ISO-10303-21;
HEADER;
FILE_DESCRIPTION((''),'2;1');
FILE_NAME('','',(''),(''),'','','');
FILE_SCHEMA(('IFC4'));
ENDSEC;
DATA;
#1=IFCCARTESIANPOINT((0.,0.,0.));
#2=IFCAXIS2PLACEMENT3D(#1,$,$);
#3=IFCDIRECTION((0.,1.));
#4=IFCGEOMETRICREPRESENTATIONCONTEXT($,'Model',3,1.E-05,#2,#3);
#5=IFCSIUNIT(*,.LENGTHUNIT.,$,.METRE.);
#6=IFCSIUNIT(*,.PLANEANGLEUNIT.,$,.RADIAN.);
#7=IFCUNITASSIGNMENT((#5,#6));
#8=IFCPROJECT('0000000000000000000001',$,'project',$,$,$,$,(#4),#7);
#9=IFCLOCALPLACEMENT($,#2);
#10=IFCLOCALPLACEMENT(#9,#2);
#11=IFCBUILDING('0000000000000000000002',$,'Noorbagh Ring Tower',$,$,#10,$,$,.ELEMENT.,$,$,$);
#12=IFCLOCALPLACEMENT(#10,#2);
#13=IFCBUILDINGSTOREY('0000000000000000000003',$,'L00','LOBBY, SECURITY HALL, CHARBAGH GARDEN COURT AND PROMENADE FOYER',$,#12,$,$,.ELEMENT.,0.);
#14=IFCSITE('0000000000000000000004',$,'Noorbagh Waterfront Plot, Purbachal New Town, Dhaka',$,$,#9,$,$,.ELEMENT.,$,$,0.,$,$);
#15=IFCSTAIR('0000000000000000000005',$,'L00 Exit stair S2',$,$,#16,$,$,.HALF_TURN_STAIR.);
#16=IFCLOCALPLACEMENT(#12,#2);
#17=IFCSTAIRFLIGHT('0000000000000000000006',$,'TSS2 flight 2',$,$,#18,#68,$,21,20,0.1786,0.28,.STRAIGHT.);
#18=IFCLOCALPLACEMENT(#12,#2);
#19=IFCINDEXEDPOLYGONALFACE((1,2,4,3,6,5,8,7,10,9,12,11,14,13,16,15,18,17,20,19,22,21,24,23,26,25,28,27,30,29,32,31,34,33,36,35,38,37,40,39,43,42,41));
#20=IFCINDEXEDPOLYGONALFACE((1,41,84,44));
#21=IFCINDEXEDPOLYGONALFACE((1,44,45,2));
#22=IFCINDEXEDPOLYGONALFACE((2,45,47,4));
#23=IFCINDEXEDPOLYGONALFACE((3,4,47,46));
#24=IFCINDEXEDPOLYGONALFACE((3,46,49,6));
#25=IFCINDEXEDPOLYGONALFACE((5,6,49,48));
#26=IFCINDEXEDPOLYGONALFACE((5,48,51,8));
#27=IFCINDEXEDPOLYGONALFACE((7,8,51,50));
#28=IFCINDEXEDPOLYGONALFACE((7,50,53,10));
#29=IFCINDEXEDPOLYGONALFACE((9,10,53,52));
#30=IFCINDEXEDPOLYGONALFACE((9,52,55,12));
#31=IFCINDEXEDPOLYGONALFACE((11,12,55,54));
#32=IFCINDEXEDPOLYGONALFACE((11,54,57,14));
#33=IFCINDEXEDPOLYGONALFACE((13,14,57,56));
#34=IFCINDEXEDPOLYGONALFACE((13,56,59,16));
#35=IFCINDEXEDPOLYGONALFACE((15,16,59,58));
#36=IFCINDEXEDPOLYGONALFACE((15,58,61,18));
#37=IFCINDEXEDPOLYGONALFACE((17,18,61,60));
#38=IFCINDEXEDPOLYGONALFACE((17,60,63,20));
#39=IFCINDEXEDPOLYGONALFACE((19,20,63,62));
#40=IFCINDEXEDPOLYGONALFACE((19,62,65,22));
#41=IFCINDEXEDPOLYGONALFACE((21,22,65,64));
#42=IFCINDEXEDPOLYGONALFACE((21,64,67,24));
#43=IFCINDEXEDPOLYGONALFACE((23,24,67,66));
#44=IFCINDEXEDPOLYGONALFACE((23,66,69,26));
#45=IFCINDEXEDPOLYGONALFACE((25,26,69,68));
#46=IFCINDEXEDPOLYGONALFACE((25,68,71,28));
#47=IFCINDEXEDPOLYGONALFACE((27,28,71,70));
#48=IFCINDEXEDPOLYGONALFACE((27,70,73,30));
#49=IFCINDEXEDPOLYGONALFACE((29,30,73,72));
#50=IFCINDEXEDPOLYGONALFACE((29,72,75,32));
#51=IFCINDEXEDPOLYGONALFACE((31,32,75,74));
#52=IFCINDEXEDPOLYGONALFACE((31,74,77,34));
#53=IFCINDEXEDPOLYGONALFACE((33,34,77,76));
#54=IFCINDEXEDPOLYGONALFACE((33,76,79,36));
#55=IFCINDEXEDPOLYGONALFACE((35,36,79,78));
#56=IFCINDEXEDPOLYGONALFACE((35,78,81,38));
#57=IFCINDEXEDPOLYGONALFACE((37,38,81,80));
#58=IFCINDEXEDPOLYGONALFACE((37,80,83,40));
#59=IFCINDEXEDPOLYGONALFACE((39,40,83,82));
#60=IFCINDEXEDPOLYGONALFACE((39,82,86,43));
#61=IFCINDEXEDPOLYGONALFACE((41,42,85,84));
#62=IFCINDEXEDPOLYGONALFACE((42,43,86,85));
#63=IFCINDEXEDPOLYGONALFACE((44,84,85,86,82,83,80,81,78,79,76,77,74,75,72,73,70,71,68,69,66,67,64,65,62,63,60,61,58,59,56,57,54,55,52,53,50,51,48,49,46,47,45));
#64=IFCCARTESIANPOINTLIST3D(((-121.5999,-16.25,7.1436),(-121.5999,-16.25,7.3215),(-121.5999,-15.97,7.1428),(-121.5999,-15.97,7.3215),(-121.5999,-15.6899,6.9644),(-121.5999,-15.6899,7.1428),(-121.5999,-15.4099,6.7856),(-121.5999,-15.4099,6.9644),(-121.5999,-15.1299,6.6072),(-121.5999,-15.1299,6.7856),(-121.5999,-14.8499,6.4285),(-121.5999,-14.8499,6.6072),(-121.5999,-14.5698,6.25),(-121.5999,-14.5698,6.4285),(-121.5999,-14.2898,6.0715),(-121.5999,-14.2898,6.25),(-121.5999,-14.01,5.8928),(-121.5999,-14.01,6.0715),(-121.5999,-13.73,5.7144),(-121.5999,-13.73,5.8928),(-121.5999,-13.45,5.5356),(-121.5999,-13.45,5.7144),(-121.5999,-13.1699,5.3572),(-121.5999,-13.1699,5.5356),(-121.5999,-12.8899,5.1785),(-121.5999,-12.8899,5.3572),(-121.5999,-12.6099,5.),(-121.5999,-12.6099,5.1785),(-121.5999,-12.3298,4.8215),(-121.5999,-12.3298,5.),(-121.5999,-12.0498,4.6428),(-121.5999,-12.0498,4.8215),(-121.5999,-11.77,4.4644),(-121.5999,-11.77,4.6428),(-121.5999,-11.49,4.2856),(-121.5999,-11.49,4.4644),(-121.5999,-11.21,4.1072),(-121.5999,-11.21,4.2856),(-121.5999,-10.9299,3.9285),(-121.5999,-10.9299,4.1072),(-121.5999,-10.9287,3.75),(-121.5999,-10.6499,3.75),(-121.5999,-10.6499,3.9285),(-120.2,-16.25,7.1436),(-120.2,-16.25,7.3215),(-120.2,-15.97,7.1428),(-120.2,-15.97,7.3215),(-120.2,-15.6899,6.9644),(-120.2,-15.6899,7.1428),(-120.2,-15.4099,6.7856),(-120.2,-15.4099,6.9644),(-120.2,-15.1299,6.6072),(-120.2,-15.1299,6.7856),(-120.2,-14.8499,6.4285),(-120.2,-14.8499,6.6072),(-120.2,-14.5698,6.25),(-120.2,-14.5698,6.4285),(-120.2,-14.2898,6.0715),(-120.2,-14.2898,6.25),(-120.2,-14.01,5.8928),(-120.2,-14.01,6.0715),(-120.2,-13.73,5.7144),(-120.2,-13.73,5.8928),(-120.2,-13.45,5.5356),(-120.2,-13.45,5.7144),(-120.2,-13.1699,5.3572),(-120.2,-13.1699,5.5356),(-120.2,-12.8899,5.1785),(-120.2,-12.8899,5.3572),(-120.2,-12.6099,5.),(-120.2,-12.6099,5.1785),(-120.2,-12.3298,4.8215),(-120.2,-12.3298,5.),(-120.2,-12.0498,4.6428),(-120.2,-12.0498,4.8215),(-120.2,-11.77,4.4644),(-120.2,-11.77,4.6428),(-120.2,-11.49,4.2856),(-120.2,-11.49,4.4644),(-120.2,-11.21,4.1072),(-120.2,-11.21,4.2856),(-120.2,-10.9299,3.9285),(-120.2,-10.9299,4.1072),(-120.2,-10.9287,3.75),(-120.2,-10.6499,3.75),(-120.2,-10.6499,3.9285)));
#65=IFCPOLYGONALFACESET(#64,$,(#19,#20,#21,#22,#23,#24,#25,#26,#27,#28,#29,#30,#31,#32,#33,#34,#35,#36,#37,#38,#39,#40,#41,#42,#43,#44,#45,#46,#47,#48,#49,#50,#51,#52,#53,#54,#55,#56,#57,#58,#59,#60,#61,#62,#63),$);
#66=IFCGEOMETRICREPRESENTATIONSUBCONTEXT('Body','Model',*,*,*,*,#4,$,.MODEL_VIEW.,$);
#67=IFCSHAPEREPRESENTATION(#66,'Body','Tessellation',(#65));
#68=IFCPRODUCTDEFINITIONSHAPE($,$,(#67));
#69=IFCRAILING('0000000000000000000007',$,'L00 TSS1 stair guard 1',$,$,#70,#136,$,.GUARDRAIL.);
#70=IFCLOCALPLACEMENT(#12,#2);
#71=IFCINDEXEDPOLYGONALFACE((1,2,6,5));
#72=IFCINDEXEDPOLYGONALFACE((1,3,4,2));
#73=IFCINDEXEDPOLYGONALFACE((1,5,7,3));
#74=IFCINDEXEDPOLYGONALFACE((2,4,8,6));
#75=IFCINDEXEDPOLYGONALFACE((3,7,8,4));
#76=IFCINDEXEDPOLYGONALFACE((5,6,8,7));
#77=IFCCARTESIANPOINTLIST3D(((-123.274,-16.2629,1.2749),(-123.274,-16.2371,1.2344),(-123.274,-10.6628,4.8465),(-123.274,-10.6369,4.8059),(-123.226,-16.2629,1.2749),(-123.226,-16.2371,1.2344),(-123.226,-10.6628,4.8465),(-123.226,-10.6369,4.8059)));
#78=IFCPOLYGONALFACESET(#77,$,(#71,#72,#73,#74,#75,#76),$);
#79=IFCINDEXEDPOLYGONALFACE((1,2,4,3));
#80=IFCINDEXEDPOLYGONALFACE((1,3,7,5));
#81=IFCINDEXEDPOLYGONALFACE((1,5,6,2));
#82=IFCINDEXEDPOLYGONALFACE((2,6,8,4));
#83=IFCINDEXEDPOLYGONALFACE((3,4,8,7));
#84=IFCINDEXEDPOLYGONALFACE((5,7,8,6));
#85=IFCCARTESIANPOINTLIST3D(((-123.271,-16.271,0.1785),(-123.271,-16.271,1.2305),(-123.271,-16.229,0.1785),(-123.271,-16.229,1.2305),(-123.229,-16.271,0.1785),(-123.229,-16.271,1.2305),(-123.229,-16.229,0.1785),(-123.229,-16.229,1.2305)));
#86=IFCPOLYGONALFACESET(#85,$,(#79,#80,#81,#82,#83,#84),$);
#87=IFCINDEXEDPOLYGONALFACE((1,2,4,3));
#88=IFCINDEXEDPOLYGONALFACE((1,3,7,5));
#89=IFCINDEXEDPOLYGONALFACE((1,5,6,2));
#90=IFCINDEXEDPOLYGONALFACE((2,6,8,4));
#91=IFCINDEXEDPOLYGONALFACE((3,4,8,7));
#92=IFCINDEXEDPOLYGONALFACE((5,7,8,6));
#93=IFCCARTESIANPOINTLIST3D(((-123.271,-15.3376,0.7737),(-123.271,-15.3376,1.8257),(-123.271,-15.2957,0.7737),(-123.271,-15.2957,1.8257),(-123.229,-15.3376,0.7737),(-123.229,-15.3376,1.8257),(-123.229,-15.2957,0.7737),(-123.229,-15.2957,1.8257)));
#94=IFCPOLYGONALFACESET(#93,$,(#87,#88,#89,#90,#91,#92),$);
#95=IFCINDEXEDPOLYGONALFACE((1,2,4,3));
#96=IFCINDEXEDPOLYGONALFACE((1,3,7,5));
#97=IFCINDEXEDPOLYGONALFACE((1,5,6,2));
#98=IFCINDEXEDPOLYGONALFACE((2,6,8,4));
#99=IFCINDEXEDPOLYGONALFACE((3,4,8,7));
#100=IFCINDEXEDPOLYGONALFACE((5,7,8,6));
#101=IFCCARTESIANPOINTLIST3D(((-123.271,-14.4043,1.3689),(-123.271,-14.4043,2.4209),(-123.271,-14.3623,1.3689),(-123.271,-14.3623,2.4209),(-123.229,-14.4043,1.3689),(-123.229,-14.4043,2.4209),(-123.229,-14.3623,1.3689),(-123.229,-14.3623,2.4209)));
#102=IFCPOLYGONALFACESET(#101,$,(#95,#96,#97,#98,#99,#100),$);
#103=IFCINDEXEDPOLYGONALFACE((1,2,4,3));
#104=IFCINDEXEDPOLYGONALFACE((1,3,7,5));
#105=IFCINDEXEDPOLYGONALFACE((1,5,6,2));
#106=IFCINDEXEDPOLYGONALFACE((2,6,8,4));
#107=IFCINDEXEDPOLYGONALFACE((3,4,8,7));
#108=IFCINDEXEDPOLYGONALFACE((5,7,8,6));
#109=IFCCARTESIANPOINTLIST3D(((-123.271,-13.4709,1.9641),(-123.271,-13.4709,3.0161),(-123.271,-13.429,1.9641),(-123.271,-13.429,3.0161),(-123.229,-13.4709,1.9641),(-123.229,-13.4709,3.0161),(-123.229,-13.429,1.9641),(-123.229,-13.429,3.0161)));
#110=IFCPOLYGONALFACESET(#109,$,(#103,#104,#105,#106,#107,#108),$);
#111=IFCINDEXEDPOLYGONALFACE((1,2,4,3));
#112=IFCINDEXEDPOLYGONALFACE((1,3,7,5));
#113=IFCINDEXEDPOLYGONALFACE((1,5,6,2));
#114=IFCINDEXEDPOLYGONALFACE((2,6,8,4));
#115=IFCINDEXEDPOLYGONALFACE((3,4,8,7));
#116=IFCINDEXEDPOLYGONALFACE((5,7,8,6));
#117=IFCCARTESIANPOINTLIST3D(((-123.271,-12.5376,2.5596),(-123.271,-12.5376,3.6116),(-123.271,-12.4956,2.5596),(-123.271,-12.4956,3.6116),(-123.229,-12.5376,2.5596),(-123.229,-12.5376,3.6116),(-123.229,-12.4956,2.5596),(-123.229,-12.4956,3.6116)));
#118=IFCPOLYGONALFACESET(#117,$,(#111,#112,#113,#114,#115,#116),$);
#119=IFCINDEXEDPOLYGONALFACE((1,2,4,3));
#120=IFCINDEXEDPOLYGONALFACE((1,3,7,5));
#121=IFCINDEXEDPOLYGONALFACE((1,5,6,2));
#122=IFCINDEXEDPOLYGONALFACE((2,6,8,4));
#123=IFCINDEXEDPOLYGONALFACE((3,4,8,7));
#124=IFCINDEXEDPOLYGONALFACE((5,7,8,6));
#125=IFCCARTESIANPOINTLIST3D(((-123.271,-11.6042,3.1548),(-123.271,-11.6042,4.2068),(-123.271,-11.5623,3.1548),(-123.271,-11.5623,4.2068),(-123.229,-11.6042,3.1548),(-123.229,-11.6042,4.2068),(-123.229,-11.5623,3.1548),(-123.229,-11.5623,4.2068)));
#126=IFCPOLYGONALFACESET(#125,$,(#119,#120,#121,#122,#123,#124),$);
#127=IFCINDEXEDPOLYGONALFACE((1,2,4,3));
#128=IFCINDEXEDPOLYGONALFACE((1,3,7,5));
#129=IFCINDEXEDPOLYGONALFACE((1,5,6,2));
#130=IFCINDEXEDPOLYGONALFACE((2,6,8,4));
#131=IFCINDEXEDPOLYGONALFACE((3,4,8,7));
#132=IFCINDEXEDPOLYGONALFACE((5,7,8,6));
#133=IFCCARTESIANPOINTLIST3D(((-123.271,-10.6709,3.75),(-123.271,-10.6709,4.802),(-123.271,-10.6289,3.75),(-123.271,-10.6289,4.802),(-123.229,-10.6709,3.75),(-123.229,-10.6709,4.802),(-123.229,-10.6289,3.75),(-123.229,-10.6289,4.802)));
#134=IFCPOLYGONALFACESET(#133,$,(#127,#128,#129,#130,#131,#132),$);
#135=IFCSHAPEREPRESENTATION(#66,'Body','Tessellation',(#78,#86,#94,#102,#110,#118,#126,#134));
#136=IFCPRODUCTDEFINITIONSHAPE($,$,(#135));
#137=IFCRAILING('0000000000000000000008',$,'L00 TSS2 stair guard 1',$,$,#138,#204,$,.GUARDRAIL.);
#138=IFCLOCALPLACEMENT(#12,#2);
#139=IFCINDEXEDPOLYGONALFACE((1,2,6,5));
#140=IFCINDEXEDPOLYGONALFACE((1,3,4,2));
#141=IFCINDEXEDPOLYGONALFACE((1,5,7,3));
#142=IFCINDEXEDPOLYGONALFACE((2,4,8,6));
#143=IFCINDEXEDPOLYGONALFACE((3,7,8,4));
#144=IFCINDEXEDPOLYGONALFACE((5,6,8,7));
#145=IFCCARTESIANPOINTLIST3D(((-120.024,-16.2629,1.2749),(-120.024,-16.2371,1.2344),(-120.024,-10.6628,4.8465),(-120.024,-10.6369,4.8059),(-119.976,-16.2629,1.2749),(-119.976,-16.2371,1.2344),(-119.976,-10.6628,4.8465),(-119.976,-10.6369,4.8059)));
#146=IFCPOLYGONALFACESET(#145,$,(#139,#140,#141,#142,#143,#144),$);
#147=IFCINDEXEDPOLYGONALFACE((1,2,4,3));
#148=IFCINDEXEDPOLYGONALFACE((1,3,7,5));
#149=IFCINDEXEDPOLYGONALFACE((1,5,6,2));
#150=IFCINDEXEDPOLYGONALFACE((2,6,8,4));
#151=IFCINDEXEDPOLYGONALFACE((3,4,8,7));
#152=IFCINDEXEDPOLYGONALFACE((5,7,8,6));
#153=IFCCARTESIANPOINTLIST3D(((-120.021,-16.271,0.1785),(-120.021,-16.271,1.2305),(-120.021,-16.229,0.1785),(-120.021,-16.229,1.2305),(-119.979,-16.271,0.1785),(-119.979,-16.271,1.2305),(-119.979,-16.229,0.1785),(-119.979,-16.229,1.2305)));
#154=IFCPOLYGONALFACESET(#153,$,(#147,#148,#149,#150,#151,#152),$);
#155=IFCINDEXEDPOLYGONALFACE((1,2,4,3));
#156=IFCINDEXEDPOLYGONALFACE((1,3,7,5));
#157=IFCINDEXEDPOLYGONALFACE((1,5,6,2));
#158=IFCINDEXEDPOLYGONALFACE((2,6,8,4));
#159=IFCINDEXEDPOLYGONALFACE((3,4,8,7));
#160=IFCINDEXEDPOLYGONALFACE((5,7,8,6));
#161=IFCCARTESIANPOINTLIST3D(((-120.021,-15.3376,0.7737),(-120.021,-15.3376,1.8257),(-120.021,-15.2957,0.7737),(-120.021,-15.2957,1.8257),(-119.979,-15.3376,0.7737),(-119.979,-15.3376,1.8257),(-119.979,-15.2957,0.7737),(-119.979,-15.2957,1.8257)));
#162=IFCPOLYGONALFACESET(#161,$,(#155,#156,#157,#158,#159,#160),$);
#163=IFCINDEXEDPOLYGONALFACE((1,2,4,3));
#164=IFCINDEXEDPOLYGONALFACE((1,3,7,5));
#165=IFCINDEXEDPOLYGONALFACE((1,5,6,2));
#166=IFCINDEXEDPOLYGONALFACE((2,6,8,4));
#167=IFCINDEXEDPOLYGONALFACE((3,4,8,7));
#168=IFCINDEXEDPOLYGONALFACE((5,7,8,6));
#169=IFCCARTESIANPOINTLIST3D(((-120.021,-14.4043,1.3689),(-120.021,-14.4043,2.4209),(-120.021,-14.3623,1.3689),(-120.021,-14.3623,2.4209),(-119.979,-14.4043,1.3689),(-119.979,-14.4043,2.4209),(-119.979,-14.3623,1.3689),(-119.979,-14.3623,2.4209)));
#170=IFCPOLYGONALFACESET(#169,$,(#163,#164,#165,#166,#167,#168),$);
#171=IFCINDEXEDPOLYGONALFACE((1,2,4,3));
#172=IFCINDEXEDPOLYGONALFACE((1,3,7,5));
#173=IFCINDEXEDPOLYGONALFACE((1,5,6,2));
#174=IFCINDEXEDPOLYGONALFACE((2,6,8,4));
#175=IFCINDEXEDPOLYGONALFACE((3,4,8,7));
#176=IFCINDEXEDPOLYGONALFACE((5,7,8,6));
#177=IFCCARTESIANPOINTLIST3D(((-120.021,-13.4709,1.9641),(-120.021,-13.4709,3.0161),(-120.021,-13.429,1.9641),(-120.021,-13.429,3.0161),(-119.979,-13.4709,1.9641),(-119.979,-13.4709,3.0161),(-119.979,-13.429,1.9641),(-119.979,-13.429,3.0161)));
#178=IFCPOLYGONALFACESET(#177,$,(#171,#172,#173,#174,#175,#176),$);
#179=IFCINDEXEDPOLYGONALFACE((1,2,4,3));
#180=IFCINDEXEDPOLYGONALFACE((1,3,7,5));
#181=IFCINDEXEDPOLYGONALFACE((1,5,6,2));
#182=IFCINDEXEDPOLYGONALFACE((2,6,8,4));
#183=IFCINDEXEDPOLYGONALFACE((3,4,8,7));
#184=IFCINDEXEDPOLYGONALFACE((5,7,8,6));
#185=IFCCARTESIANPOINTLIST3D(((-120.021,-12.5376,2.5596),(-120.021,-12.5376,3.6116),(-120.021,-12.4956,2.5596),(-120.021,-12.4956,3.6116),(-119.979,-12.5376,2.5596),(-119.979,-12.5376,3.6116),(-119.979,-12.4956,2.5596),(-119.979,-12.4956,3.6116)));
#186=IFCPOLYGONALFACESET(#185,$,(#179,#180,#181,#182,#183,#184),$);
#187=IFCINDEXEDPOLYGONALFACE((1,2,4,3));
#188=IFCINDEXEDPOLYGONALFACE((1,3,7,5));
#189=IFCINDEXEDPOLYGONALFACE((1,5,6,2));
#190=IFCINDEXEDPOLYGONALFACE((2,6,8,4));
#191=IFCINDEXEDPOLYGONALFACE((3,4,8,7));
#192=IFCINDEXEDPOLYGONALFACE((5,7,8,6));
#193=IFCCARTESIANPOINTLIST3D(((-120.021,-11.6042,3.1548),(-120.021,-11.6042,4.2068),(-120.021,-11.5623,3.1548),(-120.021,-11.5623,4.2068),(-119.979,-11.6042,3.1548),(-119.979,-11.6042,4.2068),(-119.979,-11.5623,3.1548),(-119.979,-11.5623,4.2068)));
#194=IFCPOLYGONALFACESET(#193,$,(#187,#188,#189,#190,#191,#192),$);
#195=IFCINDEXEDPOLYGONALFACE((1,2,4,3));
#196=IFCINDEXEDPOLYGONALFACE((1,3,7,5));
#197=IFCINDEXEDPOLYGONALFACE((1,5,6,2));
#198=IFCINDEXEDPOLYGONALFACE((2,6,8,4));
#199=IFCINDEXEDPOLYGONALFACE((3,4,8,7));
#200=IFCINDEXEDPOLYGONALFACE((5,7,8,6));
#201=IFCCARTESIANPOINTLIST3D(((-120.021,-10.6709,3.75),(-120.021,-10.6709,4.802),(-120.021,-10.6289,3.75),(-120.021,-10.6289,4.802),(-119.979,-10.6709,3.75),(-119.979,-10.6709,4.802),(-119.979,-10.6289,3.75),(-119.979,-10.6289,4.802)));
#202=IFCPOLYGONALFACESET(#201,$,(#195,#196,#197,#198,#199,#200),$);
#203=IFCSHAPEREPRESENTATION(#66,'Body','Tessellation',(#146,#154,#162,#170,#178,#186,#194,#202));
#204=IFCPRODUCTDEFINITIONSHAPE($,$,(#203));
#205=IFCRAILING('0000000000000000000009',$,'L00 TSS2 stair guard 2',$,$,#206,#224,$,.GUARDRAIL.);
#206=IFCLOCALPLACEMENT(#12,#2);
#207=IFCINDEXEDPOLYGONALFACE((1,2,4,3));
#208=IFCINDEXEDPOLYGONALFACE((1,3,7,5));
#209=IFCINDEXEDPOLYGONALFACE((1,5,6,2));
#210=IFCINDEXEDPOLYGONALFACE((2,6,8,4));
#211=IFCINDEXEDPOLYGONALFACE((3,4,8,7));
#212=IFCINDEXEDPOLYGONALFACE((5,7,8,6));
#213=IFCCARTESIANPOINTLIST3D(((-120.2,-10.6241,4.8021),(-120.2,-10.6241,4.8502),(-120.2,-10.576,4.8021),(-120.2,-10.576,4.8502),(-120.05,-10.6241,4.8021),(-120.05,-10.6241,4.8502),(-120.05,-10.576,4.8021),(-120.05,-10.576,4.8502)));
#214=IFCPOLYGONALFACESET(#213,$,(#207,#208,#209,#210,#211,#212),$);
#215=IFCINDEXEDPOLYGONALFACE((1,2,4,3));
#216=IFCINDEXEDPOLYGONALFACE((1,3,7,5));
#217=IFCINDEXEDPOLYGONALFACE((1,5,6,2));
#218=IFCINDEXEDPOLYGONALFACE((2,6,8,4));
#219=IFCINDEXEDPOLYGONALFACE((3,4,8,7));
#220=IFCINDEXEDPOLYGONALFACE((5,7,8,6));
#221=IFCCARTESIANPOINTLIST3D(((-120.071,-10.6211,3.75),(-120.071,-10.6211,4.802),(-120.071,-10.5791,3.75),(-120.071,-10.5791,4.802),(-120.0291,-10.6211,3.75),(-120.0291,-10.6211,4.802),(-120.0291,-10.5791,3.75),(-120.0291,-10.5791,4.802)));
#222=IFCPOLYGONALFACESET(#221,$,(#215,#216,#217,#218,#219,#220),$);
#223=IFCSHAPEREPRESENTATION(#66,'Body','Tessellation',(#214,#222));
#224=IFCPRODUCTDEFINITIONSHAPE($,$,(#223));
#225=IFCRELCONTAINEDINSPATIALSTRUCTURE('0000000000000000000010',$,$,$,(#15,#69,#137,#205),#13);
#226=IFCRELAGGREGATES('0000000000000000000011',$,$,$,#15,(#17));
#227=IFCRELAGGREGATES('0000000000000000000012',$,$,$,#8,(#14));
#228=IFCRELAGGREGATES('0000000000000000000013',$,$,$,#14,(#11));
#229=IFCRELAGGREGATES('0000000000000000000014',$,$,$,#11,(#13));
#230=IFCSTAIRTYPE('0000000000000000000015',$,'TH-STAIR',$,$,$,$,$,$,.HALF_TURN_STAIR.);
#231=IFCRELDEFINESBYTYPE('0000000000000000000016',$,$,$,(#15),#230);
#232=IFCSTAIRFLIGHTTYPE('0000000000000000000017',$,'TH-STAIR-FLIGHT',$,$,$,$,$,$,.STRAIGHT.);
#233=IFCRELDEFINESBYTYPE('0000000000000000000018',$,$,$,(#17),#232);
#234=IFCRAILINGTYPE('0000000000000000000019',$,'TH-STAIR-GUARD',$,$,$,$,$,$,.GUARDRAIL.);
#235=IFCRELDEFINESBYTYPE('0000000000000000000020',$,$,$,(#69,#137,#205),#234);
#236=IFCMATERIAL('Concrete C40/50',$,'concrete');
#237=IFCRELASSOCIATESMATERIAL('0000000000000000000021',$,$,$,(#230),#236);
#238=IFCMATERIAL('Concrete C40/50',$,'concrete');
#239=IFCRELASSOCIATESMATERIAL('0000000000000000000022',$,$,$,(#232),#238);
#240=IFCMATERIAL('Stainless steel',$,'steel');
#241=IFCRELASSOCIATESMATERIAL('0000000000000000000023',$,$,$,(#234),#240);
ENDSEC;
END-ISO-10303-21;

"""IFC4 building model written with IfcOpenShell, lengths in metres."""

from ifc_helpers import new_model, si_unit, direction, frame, origin, origin_2d, place, context, subcontext, project, spatial, polyline, rectangle, outline, extrude, material, type_object, element, aggregate, save


model = new_model("IFC4")

# Units and contexts
model_context = context("Model", 3, precision=1e-05, world=origin(), true_north=direction((0.0, 1.0)))
body_context = subcontext(model_context, "Body", "Model", "MODEL_VIEW")
ifc_project = project(units=[si_unit("LENGTHUNIT", "METRE"), si_unit("PLANEANGLEUNIT", "RADIAN")], contexts=[model_context])

# Site, building, storey
site_placement = place(None, origin())
site = spatial("IfcSite", under=ifc_project, at=site_placement, Name="Noorbagh Waterfront Plot, Purbachal New Town, Dhaka", CompositionType="ELEMENT", RefElevation=0.0)
building_placement = place(site_placement, origin())
building = spatial("IfcBuilding", under=site, at=building_placement, Name="Noorbagh Ring Tower", CompositionType="ELEMENT")
storey_placement = place(building_placement, origin())
storey = spatial("IfcBuildingStorey", under=building, at=storey_placement, Name="L00", Description="LOBBY, SECURITY HALL, CHARBAGH GARDEN COURT AND PROMENADE FOYER", CompositionType="ELEMENT", Elevation=0.0)

# Shared definitions
ifc_material_1 = material(Name="Concrete C40/50", Category="concrete")
stair_type = type_object("IfcStairType", Name="TH-STAIR", PredefinedType="HALF_TURN_STAIR", material=ifc_material_1)
ifc_material_2 = material(Name="Concrete C40/50", Category="concrete")
stair_flight_type = type_object("IfcStairFlightType", Name="TH-STAIR-FLIGHT", PredefinedType="STRAIGHT", material=ifc_material_2)

# Stair, stair flight
stair_1_placement = place(storey_placement, origin())
stair_1 = element("IfcStair", 1, at=stair_1_placement, inside=storey, type_object=stair_type, Name="L00 Exit stair S2", PredefinedType="HALF_TURN_STAIR")
stair_flight_1_placement = place(storey_placement, frame((-120.8999, -10.6499, 3.75), z_axis=(0.0, 0.0, 1.0), x_axis=(0.0, -1.0, 0.0)))
stair_flight_1 = element("IfcStairFlight", 2, at=stair_flight_1_placement, type_object=stair_flight_type, Name="TSS2 flight 2", NumberOfRisers=21, NumberOfTreads=20, PredefinedType="STRAIGHT", RiserHeight=0.1786, TreadLength=0.28, context=body_context, shape_type="SweptSolid", body=[
    extrude(outline(polyline([(0.0, 0.0), (0.0, 0.1785), (0.28, 0.1785), (0.28, 0.3572), (0.5601, 0.3572), (0.5601, 0.5356), (0.8401, 0.5356), (0.8401, 0.7144), (1.1201, 0.7144), (1.1201, 0.8928), (1.3999, 0.8928), (1.3999, 1.0715), (1.6799, 1.0715), (1.6799, 1.25), (1.96, 1.25), (1.96, 1.4285), (2.24, 1.4285), (2.24, 1.6072), (2.52, 1.6072), (2.52, 1.7856), (2.8, 1.7856), (2.8, 1.9644), (3.0801, 1.9644), (3.0801, 2.1428), (3.3601, 2.1428), (3.3601, 2.3215), (3.6399, 2.3215), (3.6399, 2.5), (3.9199, 2.5), (3.9199, 2.6785), (4.2, 2.6785), (4.2, 2.8572), (4.48, 2.8572), (4.48, 3.0356), (4.76, 3.0356), (4.76, 3.2144), (5.04, 3.2144), (5.04, 3.3928), (5.3201, 3.3928), (5.3201, 3.5715), (5.6001, 3.5715), (5.6001, 3.75), (5.6001, 3.3936), (0.2788, 0.0), (0.0, 0.0)])), frame((0.0, 0.7, 0.0), z_axis=(0.0, -1.0, 0.0), x_axis=(1.0, 0.0, 0.0)), (0.0, 0.0, 1.0), 1.3999),
])
aggregate(stair_1, [stair_flight_1])

# Railings
ifc_material_3 = material(Name="Stainless steel", Category="steel")
railing_type_1 = type_object("IfcRailingType", Name="TH-STAIR-GUARD", PredefinedType="GUARDRAIL", material=ifc_material_3)
for number, where, name in (
    (3, (-123.25, -16.25, 0.1785), "L00 TSS1 stair guard 1"),
    (4, (-120.0, -16.25, 0.1785), "L00 TSS2 stair guard 1"),
):
    element("IfcRailing", number, at=place(storey_placement, frame(where)), inside=storey, type_object=railing_type_1, Name=name, PredefinedType="GUARDRAIL", context=body_context, shape_type="SweptSolid", body=[
        extrude(rectangle(XDim=0.0481, YDim=0.0481, at=origin_2d()), frame((0.0, 0.0, 1.0762), z_axis=(0.0, 0.843127, 0.537715), x_axis=(-1.0, 0.0, 0.0)), (0.0, 0.0, 1.0), 6.6421),
        extrude(rectangle(XDim=0.042, YDim=0.042, at=origin_2d()), origin(), (0.0, 0.0, 1.0), 1.052),
        extrude(rectangle(XDim=0.042, YDim=0.042, at=origin_2d()), frame((0.0, 0.9333, 0.5952)), (0.0, 0.0, 1.0), 1.052),
        extrude(rectangle(XDim=0.042, YDim=0.042, at=origin_2d()), frame((0.0, 1.8667, 1.1904)), (0.0, 0.0, 1.0), 1.052),
        extrude(rectangle(XDim=0.042, YDim=0.042, at=origin_2d()), frame((0.0, 2.8, 1.7856)), (0.0, 0.0, 1.0), 1.052),
        extrude(rectangle(XDim=0.042, YDim=0.042, at=origin_2d()), frame((0.0, 3.7334, 2.3811)), (0.0, 0.0, 1.0), 1.052),
        extrude(rectangle(XDim=0.042, YDim=0.042, at=origin_2d()), frame((0.0, 4.6667, 2.9763)), (0.0, 0.0, 1.0), 1.052),
        extrude(rectangle(XDim=0.042, YDim=0.042, at=origin_2d()), frame((0.0, 5.6001, 3.5715)), (0.0, 0.0, 1.0), 1.052),
    ])
railing_1_placement = place(storey_placement, frame((-120.05, -10.6001, 3.75)))
element("IfcRailing", 5, at=railing_1_placement, inside=storey, type_object=railing_type_1, Name="L00 TSS2 stair guard 2", PredefinedType="GUARDRAIL", context=body_context, shape_type="SweptSolid", body=[
    extrude(rectangle(XDim=0.0481, YDim=0.0481, at=origin_2d()), frame((0.0, 0.0, 1.0762), z_axis=(-1.0, 0.0, 0.0), x_axis=(0.0, -1.0, 0.0)), (0.0, 0.0, 1.0), 0.1499),
    extrude(rectangle(XDim=0.042, YDim=0.042, at=origin_2d()), origin(), (0.0, 0.0, 1.0), 1.052),
])

save(model, "model.ifc")
